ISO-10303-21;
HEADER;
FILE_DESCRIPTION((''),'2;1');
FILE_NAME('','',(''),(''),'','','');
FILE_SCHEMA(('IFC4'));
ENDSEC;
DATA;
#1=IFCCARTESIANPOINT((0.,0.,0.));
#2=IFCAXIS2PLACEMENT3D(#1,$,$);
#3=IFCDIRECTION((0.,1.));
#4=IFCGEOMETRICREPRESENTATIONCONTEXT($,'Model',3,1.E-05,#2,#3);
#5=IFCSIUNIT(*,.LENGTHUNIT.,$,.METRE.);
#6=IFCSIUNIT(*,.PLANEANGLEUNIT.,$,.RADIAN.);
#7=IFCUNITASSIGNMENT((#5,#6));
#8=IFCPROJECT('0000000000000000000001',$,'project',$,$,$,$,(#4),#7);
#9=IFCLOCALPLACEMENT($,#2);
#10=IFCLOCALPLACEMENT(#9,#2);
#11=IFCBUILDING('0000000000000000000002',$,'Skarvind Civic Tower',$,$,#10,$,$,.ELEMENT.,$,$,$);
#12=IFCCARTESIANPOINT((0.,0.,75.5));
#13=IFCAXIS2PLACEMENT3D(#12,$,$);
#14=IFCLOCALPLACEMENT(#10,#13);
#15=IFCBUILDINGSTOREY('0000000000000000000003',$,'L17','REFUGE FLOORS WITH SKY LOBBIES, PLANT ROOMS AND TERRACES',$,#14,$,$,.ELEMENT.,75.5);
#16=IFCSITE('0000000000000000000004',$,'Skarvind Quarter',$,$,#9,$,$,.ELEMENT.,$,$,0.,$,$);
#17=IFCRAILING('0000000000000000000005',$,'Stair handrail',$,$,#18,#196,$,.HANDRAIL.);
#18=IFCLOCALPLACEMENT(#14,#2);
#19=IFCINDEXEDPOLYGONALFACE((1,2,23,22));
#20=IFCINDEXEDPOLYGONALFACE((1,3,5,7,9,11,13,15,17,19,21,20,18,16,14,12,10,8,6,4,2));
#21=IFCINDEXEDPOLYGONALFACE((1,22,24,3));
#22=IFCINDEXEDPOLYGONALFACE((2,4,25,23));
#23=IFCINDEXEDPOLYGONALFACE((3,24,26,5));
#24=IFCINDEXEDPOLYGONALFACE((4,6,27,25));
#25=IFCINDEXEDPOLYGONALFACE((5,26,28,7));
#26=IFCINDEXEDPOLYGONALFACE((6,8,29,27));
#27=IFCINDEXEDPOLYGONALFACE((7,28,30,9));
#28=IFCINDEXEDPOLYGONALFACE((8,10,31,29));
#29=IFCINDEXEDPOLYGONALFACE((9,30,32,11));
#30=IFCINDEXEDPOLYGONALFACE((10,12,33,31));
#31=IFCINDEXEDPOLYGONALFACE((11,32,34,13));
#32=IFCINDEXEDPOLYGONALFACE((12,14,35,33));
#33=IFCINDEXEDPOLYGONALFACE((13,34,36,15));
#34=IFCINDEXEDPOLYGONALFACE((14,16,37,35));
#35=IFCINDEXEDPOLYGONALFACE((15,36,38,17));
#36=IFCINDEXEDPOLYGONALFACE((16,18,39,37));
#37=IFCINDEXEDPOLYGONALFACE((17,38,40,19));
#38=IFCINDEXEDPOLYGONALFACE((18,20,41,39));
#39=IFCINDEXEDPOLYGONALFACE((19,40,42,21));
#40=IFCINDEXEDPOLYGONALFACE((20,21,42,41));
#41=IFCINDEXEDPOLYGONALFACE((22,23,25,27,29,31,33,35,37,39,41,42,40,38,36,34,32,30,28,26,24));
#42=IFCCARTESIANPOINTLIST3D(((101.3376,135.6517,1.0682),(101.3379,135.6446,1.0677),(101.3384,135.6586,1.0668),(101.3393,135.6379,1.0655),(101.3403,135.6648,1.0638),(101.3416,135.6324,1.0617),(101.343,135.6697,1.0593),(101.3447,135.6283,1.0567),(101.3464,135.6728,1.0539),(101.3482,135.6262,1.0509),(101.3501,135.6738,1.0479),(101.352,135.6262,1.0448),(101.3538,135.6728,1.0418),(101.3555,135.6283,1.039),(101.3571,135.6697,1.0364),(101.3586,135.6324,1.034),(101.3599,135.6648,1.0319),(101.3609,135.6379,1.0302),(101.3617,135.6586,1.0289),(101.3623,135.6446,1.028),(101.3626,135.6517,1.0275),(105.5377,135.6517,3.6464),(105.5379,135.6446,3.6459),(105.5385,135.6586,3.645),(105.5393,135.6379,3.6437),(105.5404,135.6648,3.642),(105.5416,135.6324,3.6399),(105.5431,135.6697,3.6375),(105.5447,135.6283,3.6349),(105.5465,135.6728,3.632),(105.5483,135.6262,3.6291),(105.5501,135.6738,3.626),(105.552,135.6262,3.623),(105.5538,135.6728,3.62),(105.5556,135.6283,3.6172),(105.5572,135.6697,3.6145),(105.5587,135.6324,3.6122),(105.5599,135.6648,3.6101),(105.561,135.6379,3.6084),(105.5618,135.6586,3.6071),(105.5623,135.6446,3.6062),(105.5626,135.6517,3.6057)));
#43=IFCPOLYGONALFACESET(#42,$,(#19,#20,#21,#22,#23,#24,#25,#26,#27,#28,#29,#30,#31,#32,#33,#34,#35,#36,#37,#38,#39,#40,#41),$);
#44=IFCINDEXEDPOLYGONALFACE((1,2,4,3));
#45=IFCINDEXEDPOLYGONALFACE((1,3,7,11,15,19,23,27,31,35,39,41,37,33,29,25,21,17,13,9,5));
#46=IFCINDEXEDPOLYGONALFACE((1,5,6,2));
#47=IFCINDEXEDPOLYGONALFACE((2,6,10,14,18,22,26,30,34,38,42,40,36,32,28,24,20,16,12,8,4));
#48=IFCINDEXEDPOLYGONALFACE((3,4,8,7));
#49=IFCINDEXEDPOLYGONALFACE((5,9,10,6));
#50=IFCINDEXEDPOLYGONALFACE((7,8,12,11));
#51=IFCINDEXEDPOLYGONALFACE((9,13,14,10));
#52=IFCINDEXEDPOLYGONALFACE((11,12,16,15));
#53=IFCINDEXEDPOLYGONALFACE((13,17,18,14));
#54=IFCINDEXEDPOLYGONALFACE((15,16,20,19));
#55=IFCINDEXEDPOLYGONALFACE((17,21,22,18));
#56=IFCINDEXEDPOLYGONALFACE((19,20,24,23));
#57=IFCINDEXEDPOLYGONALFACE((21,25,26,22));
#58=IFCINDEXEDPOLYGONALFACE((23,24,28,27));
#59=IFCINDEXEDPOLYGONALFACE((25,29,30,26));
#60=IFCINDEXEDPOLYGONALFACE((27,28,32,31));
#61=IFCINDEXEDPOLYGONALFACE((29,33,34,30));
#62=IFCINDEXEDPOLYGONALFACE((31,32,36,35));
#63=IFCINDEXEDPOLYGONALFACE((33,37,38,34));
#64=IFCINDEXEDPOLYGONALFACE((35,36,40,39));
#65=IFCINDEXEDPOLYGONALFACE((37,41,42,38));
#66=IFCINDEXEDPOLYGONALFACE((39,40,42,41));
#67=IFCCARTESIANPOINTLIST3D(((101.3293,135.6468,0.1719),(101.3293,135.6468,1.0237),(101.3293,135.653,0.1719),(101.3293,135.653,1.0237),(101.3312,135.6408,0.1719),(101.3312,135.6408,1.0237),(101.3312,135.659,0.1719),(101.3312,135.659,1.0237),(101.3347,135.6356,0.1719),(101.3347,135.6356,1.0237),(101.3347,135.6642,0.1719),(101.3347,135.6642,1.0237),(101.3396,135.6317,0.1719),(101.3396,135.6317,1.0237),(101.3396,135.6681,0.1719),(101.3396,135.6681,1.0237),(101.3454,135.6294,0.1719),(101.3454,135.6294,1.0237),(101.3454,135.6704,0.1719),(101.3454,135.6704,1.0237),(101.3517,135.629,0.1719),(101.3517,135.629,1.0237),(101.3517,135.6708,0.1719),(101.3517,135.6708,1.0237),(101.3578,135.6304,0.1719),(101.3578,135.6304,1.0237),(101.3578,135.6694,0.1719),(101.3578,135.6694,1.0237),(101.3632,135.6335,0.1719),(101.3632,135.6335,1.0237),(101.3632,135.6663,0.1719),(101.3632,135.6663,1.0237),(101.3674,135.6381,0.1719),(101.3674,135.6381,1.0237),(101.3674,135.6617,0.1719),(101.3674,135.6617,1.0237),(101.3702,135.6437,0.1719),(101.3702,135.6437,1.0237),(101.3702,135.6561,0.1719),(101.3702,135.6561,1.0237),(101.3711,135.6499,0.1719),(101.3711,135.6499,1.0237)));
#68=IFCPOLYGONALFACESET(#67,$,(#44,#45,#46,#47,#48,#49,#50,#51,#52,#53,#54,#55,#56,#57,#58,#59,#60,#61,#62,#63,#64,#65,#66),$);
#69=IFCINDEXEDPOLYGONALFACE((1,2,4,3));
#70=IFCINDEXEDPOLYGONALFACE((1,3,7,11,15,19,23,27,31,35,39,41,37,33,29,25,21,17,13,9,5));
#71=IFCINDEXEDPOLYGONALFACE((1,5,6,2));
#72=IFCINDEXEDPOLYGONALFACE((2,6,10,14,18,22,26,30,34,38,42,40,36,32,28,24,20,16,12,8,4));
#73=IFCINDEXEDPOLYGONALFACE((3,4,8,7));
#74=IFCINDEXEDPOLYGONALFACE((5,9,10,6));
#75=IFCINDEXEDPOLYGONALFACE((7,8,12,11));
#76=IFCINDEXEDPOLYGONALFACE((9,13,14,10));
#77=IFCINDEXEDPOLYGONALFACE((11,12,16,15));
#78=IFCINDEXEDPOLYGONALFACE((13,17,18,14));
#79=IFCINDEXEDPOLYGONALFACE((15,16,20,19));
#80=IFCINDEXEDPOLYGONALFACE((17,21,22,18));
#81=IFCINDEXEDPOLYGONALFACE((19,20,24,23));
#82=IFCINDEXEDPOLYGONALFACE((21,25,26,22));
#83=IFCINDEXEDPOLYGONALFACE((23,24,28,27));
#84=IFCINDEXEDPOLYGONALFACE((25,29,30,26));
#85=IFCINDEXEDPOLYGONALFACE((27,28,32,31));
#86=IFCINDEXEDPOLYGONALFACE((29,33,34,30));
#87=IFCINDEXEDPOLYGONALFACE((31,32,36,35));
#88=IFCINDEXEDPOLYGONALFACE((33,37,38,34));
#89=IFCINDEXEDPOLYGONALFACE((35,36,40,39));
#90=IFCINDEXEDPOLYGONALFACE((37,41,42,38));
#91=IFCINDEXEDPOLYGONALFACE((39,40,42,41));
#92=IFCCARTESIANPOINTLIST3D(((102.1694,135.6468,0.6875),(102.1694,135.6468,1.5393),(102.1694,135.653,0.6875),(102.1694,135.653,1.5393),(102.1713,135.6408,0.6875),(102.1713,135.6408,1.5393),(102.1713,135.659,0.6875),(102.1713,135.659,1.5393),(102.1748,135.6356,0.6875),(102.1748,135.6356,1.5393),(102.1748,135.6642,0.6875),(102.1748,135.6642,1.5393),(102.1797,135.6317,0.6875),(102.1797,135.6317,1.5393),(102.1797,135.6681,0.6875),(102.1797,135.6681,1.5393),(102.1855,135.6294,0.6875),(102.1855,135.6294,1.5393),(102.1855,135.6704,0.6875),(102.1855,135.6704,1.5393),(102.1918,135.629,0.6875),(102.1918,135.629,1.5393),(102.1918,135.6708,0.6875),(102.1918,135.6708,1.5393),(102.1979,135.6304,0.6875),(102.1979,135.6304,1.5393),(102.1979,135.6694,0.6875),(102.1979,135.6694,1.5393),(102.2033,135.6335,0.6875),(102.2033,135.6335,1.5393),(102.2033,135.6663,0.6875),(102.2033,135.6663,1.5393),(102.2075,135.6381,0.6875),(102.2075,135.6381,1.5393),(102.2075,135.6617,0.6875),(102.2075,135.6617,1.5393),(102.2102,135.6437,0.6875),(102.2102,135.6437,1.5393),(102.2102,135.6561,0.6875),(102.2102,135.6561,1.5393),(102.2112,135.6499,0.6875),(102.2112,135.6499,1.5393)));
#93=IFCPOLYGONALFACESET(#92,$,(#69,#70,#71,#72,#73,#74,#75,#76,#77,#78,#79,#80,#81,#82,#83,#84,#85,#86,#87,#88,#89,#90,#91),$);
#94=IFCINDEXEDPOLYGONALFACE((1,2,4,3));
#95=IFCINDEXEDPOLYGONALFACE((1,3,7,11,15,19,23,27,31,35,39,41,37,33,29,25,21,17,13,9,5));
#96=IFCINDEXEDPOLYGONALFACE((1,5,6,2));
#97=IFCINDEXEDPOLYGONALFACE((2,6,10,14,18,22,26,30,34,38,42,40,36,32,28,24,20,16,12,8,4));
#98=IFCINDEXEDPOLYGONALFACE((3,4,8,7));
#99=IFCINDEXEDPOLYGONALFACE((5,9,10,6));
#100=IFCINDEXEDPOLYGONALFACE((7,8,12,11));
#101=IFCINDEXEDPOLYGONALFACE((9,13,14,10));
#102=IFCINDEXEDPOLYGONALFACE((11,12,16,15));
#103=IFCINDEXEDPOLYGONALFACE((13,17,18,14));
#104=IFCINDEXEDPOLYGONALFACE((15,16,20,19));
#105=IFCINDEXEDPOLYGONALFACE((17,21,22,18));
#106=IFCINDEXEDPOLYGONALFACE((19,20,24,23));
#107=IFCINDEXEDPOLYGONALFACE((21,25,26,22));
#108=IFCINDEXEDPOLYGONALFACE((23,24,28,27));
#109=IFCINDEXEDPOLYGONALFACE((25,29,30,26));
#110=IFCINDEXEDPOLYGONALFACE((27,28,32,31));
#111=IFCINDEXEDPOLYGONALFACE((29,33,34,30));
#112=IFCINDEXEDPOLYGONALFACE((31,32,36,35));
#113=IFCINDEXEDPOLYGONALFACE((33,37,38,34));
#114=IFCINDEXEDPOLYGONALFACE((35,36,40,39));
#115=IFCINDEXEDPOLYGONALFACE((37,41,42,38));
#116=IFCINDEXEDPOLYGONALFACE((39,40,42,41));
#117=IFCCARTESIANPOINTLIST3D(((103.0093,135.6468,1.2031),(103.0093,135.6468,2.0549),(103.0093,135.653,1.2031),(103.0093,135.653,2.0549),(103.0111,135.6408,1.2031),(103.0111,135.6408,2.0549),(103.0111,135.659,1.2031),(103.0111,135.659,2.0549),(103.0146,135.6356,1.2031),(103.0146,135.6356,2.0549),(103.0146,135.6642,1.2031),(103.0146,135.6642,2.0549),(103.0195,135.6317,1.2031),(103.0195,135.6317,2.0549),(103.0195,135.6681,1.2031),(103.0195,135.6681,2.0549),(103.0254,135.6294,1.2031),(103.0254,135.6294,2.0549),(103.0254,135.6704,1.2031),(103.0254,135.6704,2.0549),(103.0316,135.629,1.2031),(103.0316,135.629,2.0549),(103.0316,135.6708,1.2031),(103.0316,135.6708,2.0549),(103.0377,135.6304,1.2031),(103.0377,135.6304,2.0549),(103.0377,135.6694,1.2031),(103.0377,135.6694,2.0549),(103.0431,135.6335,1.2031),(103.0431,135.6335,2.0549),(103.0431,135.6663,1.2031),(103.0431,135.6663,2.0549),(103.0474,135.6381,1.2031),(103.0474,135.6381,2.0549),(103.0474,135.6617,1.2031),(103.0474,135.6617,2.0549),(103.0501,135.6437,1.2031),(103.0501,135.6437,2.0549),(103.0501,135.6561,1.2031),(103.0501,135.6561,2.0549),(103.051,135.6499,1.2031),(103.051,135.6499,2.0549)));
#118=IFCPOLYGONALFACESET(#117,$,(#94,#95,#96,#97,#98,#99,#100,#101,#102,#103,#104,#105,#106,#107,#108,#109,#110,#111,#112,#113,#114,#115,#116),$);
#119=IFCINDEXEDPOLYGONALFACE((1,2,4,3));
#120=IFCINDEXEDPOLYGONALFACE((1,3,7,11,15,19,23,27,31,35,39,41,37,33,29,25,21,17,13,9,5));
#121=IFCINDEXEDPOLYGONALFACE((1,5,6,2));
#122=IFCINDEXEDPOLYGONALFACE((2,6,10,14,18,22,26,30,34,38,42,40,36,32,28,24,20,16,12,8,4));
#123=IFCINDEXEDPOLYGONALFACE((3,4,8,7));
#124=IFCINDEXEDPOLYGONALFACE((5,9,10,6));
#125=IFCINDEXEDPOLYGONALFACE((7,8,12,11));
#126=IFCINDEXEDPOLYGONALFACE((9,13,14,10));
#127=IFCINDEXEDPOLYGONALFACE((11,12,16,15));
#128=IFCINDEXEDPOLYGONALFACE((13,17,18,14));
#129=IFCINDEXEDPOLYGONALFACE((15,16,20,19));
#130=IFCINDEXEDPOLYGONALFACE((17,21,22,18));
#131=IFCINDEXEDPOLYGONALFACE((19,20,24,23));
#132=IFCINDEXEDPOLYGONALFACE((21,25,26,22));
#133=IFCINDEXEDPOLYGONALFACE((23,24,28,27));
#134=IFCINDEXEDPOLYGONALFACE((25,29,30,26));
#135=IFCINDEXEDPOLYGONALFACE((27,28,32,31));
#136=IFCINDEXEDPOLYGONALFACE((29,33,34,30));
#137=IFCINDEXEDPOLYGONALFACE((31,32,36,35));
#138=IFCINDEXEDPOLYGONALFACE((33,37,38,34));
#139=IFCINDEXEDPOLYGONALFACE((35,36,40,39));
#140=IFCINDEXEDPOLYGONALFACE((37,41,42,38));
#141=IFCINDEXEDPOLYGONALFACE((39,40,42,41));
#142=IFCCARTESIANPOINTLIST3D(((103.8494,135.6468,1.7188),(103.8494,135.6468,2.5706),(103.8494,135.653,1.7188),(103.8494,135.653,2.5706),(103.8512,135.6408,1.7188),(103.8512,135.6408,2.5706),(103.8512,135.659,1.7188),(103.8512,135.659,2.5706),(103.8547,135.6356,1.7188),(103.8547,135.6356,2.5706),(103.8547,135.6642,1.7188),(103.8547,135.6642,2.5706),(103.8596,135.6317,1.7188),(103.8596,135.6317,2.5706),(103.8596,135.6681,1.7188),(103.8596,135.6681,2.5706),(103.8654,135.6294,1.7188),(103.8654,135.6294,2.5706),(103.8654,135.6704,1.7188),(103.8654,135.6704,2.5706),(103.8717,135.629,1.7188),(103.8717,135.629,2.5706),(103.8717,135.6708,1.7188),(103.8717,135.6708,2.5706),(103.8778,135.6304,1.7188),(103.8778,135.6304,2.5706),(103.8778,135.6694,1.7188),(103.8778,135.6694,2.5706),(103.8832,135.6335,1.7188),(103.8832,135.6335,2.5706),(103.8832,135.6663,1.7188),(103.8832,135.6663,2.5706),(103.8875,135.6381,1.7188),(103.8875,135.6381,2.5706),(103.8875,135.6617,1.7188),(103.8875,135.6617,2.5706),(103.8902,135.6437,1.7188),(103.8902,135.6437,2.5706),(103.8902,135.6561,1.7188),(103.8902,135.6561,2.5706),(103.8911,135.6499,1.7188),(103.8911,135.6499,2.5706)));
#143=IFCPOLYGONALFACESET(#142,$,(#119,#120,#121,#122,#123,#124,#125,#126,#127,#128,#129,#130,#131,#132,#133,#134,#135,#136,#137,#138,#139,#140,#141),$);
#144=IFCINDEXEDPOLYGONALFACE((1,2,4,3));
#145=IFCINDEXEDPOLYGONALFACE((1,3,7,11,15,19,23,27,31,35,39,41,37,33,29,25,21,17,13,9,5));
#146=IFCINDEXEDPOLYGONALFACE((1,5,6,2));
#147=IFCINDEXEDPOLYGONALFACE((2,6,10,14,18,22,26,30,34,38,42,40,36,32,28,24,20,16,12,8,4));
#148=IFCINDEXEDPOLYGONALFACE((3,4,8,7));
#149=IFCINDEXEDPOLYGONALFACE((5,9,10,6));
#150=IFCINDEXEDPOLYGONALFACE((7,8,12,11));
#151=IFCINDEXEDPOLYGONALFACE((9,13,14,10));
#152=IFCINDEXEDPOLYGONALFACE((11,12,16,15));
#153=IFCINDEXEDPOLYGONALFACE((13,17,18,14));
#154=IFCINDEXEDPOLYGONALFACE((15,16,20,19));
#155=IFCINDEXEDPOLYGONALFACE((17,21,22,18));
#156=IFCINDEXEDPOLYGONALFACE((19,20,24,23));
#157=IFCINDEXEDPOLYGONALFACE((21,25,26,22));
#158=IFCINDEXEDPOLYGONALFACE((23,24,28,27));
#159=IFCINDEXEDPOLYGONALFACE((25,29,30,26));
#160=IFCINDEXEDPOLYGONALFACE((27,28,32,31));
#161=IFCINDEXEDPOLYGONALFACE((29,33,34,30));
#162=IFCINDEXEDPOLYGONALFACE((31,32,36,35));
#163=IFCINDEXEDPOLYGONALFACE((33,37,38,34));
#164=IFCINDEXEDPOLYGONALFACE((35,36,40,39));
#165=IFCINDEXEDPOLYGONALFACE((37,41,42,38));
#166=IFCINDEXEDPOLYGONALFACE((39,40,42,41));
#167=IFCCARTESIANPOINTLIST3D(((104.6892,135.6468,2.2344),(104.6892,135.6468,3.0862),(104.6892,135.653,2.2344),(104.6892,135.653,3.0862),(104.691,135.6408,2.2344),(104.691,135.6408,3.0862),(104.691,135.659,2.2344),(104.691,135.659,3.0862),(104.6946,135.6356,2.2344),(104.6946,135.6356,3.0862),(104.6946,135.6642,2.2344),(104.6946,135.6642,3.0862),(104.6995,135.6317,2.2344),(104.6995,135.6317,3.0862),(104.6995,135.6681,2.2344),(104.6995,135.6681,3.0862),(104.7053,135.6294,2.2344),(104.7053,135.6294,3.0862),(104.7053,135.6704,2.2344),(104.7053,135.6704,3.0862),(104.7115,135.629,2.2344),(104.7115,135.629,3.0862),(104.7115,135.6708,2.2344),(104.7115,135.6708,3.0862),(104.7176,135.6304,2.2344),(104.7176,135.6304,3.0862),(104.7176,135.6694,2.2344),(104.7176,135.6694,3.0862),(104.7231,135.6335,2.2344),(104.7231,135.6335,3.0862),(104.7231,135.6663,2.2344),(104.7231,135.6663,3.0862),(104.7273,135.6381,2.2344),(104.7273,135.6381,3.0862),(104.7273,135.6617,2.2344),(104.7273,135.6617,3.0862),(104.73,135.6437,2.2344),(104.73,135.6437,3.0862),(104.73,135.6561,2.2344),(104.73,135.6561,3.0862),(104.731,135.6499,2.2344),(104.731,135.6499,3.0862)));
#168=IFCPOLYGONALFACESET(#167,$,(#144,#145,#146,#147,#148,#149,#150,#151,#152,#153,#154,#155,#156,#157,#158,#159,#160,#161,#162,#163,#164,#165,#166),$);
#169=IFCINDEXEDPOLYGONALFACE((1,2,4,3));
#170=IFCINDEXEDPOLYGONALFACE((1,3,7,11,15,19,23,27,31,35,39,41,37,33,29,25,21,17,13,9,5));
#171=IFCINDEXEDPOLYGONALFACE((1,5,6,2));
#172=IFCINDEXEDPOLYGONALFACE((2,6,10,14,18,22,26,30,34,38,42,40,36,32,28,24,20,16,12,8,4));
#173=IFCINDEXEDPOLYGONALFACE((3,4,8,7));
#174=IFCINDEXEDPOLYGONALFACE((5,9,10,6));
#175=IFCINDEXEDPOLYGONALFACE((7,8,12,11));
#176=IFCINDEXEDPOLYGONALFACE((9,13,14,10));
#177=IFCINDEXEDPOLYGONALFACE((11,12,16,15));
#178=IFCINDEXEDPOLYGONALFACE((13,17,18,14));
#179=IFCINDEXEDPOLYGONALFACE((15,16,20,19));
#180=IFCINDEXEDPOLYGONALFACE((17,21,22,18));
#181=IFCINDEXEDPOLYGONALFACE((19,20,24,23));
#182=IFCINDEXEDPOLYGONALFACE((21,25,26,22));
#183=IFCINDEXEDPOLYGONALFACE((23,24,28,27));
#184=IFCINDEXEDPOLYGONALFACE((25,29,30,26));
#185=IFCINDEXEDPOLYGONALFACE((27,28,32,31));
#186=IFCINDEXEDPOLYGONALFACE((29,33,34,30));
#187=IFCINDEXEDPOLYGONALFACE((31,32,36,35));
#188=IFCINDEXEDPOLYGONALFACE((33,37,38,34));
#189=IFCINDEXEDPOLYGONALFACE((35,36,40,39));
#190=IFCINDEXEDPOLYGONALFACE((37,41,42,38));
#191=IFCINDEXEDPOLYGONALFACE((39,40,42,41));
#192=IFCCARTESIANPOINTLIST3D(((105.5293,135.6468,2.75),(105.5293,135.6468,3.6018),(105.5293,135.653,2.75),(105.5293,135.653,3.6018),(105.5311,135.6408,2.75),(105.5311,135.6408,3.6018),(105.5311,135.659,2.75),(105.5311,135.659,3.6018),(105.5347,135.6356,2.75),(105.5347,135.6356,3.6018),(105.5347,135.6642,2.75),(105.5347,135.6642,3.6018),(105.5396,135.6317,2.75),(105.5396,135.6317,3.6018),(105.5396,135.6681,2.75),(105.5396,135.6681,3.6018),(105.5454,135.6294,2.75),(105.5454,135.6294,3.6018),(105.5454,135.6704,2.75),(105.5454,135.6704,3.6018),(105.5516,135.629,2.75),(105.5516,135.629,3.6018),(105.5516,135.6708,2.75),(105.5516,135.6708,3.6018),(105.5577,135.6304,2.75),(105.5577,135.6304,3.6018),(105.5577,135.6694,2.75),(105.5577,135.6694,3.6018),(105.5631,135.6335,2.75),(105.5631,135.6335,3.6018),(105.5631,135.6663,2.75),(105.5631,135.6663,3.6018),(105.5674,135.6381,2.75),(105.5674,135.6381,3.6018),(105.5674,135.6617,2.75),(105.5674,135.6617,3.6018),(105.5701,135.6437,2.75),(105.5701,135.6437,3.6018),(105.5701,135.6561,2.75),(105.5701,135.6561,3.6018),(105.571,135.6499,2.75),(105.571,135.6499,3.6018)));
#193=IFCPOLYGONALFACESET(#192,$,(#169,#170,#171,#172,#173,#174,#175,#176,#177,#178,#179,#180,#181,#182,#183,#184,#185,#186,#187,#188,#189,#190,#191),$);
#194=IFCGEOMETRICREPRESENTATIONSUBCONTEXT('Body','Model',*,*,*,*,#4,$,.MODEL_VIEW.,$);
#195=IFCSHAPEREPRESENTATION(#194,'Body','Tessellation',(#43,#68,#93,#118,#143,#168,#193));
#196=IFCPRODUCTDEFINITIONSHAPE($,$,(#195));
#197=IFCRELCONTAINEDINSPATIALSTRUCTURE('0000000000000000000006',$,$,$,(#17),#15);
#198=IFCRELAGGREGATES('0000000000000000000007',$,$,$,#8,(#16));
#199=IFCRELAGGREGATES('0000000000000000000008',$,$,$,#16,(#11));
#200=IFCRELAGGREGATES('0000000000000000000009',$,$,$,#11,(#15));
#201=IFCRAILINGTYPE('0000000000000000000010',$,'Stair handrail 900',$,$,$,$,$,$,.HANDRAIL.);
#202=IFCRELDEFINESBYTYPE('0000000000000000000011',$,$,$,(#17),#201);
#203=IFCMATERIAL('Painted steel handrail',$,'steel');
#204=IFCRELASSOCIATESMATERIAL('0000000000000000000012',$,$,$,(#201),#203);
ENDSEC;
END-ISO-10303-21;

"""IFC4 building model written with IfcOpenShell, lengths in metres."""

from ifc_helpers import new_model, si_unit, direction, frame, origin, origin_2d, place, context, subcontext, project, spatial, circle, extrude, material, type_object, element, save


model = new_model("IFC4")

# Units and contexts
model_context = context("Model", 3, precision=1e-05, world=origin(), true_north=direction((0.0, 1.0)))
body_context = subcontext(model_context, "Body", "Model", "MODEL_VIEW")
ifc_project = project(units=[si_unit("LENGTHUNIT", "METRE"), si_unit("PLANEANGLEUNIT", "RADIAN")], contexts=[model_context])

# Site, building, storey
site_placement = place(None, origin())
site = spatial("IfcSite", under=ifc_project, at=site_placement, Name="Skarvind Quarter", CompositionType="ELEMENT", RefElevation=0.0)
building_placement = place(site_placement, origin())
building = spatial("IfcBuilding", under=site, at=building_placement, Name="Skarvind Civic Tower", CompositionType="ELEMENT")
storey_placement = place(building_placement, frame((0.0, 0.0, 75.5)))
storey = spatial("IfcBuildingStorey", under=building, at=storey_placement, Name="L17", Description="REFUGE FLOORS WITH SKY LOBBIES, PLANT ROOMS AND TERRACES", CompositionType="ELEMENT", Elevation=75.5)

# Railing
ifc_material_1 = material(Name="Painted steel handrail", Category="steel")
railing_type = type_object("IfcRailingType", Name="Stair handrail 900", PredefinedType="HANDRAIL", material=ifc_material_1)
railing_1_placement = place(storey_placement, frame((101.3501, 135.6499, 0.1719)))
element("IfcRailing", 1, at=railing_1_placement, inside=storey, type_object=railing_type, Name="Stair handrail", PredefinedType="HANDRAIL", context=body_context, shape_type="SweptSolid", body=[
    extrude(circle(Radius=0.0239, at=origin_2d()), frame((0.0, 0.0, 0.876), z_axis=(0.852243, 0.0, 0.523146), x_axis=(0.0, 1.0, 0.0)), (0.0, 0.0, 1.0), 4.9282),
    extrude(circle(Radius=0.021, at=origin_2d()), origin(), (0.0, 0.0, 1.0), 0.8518),
    extrude(circle(Radius=0.021, at=origin_2d()), frame((0.8401, 0.0, 0.5156)), (0.0, 0.0, 1.0), 0.8518),
    extrude(circle(Radius=0.021, at=origin_2d()), frame((1.6799, 0.0, 1.0312)), (0.0, 0.0, 1.0), 0.8518),
    extrude(circle(Radius=0.021, at=origin_2d()), frame((2.52, 0.0, 1.5469)), (0.0, 0.0, 1.0), 0.8518),
    extrude(circle(Radius=0.021, at=origin_2d()), frame((3.3599, 0.0, 2.0625)), (0.0, 0.0, 1.0), 0.8518),
    extrude(circle(Radius=0.021, at=origin_2d()), frame((4.2, 0.0, 2.5781)), (0.0, 0.0, 1.0), 0.8518),
])

save(model, "model.ifc")
